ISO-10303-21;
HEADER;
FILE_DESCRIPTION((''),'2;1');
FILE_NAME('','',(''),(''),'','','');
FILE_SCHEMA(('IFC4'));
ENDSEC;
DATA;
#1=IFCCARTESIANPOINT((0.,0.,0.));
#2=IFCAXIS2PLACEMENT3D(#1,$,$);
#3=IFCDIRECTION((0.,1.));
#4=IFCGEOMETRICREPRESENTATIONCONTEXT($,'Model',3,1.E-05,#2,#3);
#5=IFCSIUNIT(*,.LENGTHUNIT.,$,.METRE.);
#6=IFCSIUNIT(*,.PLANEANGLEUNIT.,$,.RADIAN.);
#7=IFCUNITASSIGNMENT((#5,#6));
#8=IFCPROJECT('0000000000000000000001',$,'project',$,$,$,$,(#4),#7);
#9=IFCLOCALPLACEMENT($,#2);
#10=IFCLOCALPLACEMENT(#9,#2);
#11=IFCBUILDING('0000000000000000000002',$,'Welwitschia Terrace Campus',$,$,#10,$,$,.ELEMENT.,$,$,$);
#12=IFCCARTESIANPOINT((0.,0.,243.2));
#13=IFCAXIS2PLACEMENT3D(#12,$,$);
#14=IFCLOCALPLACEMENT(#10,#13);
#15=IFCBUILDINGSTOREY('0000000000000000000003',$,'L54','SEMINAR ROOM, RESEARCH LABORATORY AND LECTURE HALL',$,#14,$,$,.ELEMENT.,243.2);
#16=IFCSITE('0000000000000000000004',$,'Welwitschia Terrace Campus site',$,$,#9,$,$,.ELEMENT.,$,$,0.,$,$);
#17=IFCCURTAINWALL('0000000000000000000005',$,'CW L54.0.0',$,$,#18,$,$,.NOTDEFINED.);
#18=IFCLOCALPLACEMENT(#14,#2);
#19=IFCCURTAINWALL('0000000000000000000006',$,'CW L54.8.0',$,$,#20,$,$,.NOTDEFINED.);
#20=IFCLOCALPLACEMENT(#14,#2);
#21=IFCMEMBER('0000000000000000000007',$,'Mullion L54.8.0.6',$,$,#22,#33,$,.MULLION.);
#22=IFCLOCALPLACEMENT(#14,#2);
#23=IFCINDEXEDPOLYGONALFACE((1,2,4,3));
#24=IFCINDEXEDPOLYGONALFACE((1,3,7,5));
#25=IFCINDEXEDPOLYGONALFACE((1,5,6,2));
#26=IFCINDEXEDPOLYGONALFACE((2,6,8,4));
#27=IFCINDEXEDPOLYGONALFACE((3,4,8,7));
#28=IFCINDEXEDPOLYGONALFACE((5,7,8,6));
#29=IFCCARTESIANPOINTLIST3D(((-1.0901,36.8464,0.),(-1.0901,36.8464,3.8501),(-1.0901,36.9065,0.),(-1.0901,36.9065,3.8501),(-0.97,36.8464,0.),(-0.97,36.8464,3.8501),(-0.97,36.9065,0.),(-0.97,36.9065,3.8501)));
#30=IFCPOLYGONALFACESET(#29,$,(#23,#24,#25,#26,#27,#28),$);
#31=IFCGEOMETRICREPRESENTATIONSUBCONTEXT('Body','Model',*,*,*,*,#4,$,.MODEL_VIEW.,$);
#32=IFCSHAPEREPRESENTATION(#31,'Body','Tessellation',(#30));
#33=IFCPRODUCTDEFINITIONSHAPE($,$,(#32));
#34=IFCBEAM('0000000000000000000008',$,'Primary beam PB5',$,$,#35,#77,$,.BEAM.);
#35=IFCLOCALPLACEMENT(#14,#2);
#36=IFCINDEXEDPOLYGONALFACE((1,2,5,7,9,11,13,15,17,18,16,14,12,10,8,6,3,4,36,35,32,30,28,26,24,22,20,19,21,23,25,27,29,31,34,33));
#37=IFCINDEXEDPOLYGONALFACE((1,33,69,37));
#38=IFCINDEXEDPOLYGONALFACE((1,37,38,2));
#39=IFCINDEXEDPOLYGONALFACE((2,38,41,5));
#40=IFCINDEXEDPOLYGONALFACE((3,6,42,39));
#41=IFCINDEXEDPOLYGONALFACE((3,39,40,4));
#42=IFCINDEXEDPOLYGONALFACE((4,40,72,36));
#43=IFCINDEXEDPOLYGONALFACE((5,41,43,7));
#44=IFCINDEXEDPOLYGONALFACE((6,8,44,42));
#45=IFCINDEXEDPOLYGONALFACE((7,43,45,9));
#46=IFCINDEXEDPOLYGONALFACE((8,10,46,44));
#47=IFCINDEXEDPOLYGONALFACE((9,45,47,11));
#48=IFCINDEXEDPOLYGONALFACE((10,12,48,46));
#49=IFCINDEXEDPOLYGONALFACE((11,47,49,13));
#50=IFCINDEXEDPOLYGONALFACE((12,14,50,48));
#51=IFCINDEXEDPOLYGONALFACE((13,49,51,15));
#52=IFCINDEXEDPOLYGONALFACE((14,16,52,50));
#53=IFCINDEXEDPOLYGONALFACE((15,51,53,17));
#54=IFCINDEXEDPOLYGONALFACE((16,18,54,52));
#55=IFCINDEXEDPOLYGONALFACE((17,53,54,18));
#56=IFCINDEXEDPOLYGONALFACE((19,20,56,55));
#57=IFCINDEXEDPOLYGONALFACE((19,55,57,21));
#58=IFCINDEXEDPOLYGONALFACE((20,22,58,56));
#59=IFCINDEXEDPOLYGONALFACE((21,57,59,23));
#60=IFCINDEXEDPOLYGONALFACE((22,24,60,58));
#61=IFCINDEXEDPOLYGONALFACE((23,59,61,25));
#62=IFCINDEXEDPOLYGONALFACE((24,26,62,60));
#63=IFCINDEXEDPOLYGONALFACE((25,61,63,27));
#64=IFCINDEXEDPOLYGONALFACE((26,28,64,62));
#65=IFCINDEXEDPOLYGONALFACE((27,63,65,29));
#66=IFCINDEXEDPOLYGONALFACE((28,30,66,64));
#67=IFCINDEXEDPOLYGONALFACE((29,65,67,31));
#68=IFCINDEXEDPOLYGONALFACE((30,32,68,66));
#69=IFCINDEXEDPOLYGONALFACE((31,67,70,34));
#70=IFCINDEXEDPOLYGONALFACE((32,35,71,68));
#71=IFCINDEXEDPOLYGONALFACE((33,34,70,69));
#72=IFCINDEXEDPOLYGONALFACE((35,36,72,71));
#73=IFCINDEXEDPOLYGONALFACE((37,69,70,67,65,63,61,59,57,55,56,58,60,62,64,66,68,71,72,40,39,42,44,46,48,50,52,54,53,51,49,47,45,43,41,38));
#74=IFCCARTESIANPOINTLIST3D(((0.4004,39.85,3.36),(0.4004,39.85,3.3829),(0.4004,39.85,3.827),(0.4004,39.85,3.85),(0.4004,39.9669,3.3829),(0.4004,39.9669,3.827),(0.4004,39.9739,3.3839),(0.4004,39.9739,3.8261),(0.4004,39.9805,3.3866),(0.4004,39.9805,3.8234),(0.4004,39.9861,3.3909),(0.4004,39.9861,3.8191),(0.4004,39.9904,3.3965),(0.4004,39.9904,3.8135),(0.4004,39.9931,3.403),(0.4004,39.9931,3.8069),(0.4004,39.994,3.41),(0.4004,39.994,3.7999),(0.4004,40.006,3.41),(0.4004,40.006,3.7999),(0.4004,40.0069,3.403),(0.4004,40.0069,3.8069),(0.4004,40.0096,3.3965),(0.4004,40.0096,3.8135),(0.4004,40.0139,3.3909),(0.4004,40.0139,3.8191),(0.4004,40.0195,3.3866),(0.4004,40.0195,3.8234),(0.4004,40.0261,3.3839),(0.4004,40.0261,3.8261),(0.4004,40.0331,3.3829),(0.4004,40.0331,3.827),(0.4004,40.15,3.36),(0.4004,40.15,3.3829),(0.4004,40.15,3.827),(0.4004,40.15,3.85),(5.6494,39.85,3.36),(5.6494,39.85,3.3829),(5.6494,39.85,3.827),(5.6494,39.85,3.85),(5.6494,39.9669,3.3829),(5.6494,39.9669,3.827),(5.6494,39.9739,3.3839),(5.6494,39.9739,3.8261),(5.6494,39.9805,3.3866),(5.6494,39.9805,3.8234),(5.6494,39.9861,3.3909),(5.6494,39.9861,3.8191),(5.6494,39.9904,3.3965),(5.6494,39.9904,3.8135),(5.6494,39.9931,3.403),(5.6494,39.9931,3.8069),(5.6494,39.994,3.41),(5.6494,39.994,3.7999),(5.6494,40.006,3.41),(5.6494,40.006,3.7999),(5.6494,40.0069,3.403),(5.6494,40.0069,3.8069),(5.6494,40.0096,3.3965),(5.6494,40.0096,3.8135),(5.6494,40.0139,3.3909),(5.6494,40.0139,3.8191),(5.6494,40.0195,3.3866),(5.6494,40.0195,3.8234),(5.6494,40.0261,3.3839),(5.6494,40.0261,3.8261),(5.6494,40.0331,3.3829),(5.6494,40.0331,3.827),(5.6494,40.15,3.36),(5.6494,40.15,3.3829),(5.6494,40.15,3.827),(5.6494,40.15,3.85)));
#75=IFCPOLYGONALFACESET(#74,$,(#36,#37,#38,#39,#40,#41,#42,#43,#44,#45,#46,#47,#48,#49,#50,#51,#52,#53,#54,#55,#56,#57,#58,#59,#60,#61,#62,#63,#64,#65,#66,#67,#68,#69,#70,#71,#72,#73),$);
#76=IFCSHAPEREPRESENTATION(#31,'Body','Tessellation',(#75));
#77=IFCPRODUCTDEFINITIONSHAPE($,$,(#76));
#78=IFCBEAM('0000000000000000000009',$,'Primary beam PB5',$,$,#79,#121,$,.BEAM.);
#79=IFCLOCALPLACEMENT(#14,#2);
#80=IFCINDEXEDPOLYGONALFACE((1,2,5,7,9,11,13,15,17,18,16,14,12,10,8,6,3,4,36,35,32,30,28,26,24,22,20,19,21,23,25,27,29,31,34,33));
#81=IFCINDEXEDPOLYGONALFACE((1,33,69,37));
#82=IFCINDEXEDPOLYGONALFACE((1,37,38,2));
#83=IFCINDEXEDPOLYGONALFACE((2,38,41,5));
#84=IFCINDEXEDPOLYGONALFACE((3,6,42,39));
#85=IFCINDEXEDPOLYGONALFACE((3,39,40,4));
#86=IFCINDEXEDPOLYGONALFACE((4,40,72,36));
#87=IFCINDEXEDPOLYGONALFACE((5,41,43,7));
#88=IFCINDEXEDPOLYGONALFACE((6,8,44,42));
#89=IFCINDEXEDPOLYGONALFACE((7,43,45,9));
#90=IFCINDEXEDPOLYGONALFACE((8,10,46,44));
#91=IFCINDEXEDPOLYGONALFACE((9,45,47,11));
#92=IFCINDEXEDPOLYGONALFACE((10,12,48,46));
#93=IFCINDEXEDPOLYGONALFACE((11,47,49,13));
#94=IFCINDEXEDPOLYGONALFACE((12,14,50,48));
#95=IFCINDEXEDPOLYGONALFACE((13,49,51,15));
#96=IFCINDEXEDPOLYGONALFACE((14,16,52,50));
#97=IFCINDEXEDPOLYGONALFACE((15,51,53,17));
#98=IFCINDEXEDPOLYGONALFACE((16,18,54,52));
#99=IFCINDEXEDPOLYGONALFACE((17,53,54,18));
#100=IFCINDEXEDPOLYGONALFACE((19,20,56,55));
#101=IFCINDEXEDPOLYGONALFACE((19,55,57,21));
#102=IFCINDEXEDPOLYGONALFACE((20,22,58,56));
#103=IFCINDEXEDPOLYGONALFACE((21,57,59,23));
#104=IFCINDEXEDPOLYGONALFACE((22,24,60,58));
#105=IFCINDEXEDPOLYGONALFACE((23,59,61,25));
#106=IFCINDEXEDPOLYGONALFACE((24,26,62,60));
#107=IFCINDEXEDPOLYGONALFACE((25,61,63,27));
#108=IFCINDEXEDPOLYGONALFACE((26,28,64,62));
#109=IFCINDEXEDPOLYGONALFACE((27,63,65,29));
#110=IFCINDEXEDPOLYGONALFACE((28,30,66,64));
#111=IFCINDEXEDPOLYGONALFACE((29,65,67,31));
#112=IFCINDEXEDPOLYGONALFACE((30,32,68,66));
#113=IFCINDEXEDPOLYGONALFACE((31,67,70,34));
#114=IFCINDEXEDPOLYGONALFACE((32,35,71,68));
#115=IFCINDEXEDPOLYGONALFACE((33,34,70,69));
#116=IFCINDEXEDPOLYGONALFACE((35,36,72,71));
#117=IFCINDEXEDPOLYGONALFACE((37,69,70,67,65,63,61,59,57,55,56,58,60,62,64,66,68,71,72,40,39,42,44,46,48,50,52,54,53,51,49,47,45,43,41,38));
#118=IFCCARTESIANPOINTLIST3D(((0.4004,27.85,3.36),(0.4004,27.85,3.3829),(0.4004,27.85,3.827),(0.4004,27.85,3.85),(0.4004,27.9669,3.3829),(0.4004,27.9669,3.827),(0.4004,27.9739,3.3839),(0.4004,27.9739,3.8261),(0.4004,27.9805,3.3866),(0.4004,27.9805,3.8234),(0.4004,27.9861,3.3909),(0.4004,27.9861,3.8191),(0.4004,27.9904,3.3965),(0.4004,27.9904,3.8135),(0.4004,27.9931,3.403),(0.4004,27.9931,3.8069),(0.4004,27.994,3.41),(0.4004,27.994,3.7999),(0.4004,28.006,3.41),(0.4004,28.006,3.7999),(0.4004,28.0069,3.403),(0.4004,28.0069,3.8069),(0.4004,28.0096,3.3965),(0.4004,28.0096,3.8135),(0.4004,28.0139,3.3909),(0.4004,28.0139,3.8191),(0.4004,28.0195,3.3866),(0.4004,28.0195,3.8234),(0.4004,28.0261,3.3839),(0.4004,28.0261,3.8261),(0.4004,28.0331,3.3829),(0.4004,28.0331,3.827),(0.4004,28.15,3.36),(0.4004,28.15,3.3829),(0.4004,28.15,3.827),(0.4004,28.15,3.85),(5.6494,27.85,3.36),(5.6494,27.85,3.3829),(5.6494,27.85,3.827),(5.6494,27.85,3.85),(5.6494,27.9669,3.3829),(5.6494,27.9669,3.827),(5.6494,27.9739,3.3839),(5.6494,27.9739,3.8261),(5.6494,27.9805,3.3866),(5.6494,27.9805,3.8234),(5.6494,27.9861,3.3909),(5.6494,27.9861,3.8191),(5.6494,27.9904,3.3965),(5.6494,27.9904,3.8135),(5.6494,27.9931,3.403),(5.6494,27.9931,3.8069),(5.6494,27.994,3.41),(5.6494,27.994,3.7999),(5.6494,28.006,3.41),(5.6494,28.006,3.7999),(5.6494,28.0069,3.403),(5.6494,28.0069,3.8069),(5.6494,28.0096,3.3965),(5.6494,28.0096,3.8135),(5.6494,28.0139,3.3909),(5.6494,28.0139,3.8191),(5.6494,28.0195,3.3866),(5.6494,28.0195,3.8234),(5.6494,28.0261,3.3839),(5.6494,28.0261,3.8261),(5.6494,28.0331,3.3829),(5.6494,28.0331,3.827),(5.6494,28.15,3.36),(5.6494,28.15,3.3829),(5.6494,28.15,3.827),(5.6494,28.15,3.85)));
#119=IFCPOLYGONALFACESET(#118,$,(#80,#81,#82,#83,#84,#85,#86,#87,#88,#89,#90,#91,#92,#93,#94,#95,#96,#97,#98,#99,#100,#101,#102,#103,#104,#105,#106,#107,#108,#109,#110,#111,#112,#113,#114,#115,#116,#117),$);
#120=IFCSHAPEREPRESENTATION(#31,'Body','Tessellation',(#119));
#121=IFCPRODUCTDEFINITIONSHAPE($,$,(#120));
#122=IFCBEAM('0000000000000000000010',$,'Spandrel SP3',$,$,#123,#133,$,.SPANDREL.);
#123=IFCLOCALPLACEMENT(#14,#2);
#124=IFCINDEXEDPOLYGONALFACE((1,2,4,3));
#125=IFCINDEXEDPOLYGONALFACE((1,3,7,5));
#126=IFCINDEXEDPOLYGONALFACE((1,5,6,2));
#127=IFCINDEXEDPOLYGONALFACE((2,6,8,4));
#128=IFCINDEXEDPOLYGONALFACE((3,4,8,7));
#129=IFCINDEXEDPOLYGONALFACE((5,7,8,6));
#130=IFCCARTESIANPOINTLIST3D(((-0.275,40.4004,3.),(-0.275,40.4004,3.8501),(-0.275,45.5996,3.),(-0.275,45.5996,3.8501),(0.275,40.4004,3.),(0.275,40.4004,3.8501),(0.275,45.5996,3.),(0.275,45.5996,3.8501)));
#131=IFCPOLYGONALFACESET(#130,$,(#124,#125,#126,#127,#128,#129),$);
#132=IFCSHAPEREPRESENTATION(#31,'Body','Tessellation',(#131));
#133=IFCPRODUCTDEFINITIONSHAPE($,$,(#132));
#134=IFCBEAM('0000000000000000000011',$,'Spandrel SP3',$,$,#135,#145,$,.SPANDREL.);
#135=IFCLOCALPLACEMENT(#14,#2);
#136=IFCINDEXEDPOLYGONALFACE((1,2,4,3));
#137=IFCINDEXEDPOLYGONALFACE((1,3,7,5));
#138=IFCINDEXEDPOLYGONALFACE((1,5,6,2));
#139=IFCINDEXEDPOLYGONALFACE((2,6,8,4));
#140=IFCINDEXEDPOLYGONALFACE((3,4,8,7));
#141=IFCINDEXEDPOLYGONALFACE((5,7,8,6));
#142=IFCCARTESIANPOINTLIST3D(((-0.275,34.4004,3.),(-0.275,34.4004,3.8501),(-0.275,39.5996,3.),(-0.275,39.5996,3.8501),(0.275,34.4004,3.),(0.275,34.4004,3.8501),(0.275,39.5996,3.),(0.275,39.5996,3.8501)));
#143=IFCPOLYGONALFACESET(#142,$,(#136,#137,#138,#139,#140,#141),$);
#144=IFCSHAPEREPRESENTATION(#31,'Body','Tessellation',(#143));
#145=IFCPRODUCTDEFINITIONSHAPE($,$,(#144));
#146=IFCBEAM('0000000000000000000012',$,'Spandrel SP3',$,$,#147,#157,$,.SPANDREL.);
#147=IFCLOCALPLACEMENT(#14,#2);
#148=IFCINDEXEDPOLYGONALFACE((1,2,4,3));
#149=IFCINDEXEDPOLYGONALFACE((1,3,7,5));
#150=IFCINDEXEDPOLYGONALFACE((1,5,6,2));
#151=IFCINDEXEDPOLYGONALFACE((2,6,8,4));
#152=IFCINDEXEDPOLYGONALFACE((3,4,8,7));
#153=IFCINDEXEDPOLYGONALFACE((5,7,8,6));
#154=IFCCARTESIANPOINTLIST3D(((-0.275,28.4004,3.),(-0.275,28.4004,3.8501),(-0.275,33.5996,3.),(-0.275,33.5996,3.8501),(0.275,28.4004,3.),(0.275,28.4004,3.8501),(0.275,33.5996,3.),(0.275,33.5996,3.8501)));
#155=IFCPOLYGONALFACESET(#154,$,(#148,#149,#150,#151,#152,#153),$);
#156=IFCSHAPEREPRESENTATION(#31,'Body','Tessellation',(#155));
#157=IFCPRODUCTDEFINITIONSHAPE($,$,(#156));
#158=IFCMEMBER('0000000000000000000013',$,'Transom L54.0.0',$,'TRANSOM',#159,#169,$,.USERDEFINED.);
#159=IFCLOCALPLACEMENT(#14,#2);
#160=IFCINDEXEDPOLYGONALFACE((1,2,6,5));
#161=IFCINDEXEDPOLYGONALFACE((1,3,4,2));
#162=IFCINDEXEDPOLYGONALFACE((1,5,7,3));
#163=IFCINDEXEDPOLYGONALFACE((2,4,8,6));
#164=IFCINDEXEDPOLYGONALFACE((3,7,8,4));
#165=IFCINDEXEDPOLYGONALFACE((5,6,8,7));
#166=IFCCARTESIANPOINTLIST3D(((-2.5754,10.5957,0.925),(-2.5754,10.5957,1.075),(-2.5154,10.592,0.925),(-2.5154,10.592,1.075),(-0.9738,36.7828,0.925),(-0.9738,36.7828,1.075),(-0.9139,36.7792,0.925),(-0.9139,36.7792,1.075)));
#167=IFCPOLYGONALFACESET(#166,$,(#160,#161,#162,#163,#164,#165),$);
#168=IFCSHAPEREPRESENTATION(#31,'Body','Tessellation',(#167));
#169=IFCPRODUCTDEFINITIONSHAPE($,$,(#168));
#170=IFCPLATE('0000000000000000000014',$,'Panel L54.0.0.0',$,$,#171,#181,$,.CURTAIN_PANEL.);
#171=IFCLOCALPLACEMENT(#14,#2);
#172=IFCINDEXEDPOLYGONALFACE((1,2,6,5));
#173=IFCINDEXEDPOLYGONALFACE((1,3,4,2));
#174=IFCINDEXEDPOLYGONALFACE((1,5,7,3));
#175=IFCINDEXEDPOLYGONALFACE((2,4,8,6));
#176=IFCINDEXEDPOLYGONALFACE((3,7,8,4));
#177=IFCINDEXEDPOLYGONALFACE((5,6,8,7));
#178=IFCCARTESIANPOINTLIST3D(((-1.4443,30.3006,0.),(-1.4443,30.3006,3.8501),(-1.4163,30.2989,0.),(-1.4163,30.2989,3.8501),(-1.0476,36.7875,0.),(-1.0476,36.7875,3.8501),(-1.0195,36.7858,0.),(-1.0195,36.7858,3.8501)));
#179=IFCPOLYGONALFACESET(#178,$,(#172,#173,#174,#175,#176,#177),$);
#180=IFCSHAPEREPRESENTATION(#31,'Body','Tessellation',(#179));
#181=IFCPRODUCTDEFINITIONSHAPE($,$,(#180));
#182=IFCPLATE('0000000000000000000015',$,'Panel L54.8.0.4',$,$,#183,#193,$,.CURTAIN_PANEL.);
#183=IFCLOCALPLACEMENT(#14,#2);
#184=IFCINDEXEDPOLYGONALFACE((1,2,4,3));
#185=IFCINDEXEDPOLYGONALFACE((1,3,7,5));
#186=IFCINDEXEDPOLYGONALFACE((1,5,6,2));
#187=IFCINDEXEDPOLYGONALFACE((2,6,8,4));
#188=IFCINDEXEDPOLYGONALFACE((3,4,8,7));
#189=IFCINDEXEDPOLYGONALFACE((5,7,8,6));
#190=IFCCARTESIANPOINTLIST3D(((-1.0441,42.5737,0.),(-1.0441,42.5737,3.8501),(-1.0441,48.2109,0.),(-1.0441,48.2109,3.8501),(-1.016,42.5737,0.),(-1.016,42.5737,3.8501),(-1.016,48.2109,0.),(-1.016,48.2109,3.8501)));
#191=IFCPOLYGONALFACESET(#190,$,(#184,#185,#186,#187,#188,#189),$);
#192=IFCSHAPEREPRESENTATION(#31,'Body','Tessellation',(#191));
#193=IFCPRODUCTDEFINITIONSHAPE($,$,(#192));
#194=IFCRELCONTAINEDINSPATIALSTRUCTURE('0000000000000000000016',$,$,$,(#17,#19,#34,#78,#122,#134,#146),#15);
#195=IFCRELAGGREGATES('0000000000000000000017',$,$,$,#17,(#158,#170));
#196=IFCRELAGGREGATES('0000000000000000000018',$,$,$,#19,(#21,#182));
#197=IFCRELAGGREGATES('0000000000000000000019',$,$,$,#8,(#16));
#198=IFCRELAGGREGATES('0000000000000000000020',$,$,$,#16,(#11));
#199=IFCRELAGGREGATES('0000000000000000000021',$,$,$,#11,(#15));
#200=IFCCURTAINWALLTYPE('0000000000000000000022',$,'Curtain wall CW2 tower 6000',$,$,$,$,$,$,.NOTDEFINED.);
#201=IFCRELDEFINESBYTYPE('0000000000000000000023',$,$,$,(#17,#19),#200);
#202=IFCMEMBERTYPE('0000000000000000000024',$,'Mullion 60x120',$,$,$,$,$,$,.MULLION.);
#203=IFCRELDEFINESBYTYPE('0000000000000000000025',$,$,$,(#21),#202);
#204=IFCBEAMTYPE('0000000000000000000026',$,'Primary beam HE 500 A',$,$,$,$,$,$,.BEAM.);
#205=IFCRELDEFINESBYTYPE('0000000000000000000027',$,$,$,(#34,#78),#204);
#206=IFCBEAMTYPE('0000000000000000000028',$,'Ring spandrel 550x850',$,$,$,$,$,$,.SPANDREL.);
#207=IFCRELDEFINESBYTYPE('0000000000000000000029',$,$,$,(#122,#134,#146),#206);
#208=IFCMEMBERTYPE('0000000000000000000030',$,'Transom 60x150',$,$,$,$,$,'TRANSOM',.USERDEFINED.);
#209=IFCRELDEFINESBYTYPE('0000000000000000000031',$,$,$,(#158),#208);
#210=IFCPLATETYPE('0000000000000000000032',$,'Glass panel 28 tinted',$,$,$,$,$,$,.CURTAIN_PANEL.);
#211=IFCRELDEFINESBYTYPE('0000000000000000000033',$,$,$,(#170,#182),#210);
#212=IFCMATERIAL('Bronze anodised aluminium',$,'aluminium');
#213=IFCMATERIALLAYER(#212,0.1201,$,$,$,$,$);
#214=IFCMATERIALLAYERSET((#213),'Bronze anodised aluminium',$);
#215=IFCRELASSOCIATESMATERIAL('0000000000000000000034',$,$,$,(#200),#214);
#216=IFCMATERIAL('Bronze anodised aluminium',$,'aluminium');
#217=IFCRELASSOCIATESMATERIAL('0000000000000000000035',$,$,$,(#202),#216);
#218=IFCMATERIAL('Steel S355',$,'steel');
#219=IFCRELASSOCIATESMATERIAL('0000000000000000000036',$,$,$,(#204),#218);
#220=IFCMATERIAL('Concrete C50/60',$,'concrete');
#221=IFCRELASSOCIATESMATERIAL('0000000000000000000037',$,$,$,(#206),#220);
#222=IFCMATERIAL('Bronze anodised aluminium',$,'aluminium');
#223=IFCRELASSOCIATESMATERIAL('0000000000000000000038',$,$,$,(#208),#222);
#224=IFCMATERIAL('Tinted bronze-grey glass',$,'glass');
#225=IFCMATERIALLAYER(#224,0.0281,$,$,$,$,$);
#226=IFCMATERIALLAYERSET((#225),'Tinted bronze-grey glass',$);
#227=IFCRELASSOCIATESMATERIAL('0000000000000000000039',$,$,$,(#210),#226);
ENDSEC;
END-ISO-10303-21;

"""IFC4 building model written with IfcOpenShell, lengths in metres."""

from ifc_helpers import new_model, si_unit, direction, frame, origin, origin_2d, place, context, subcontext, project, spatial, rectangle, i_section, extrude, material, layer, layer_set, material_profile, profile_set, type_object, element, aggregate, save


model = new_model("IFC4")

# Units and contexts
model_context = context("Model", 3, precision=1e-05, world=origin(), true_north=direction((0.0, 1.0)))
body_context = subcontext(model_context, "Body", "Model", "MODEL_VIEW")
ifc_project = project(units=[si_unit("LENGTHUNIT", "METRE"), si_unit("PLANEANGLEUNIT", "RADIAN")], contexts=[model_context])

# Site, building, storey
site_placement = place(None, origin())
site = spatial("IfcSite", under=ifc_project, at=site_placement, Name="Welwitschia Terrace Campus site", CompositionType="ELEMENT", RefElevation=0.0)
building_placement = place(site_placement, origin())
building = spatial("IfcBuilding", under=site, at=building_placement, Name="Welwitschia Terrace Campus", CompositionType="ELEMENT")
storey_placement = place(building_placement, frame((0.0, 0.0, 243.2)))
storey = spatial("IfcBuildingStorey", under=building, at=storey_placement, Name="L54", Description="SEMINAR ROOM, RESEARCH LABORATORY AND LECTURE HALL", CompositionType="ELEMENT", Elevation=243.2)

# Curtain walls, member
ifc_material_1 = material(Name="Bronze anodised aluminium", Category="aluminium")
ifc_layer_1 = layer(ifc_material_1, 0.1201)
ifc_layer_set_1 = layer_set([ifc_layer_1], Name="Bronze anodised aluminium")
curtain_wall_type = type_object("IfcCurtainWallType", Name="Curtain wall CW2 tower 6000", PredefinedType="NOTDEFINED", material=ifc_layer_set_1)
curtain_wall_1_placement = place(storey_placement, origin())
curtain_wall_1 = element("IfcCurtainWall", 1, at=curtain_wall_1_placement, inside=storey, type_object=curtain_wall_type, Name="CW L54.0.0", PredefinedType="NOTDEFINED")
ifc_material_2 = material(Name="Bronze anodised aluminium", Category="aluminium")
ifc_material_profile_1 = material_profile(ifc_material_2, rectangle(XDim=0.1201, YDim=0.0601, at=origin_2d()))
ifc_profile_set_1 = profile_set([ifc_material_profile_1], Name="Bronze anodised aluminium")
member_type_1 = type_object("IfcMemberType", Name="Mullion 60x120", PredefinedType="MULLION", material=ifc_profile_set_1)
curtain_wall_2_placement = place(storey_placement, origin())
curtain_wall_2 = element("IfcCurtainWall", 2, at=curtain_wall_2_placement, inside=storey, type_object=curtain_wall_type, Name="CW L54.8.0", PredefinedType="NOTDEFINED")
member_1_placement = place(storey_placement, frame((-1.03, 36.8765, 0.0), z_axis=(0.0, 0.0, 1.0), x_axis=(1.0, 0.0, 0.0)))
member_1 = element("IfcMember", 3, at=member_1_placement, type_object=member_type_1, Name="Mullion L54.8.0.6", PredefinedType="MULLION", context=body_context, shape_type="SweptSolid", body=[
    extrude(rectangle(XDim=0.1201, YDim=0.0601, at=origin_2d()), origin(), (0.0, 0.0, 1.0), 3.8501),
])

# Beams
ifc_material_3 = material(Name="Steel S355", Category="steel")
ifc_material_profile_2 = material_profile(ifc_material_3, i_section(OverallWidth=0.3, OverallDepth=0.49, WebThickness=0.012, FlangeThickness=0.0229, FilletRadius=0.0271, at=origin_2d()))
ifc_profile_set_2 = profile_set([ifc_material_profile_2], Name="Steel S355")
beam_type_1 = type_object("IfcBeamType", Name="Primary beam HE 500 A", PredefinedType="BEAM", material=ifc_profile_set_2)
for number, where, z_axis, x_axis, name in (
    (4, (0.4004, 40.0, 3.605), (1.0, 0.0, 0.0), (0.0, 1.0, 0.0), "Primary beam PB5"),
    (5, (0.4004, 28.0, 3.605), (1.0, 0.0, 0.0), (0.0, 1.0, 0.0), "Primary beam PB5"),
):
    element("IfcBeam", number, at=place(storey_placement, frame(where, z_axis=z_axis, x_axis=x_axis)), inside=storey, type_object=beam_type_1, Name=name, PredefinedType="BEAM", context=body_context, shape_type="SweptSolid", body=[
        extrude(i_section(OverallWidth=0.3, OverallDepth=0.49, WebThickness=0.012, FlangeThickness=0.0229, FilletRadius=0.0271, at=origin_2d()), origin(), (0.0, 0.0, 1.0), 5.249),
    ])
ifc_material_4 = material(Name="Concrete C50/60", Category="concrete")
ifc_material_profile_3 = material_profile(ifc_material_4, rectangle(XDim=0.55, YDim=0.8501, at=origin_2d()))
ifc_profile_set_3 = profile_set([ifc_material_profile_3], Name="Concrete C50/60")
beam_type_2 = type_object("IfcBeamType", Name="Ring spandrel 550x850", PredefinedType="SPANDREL", material=ifc_profile_set_3)
for number, where, z_axis, x_axis, name in (
    (6, (0.0, 45.5996, 3.425), (0.0, -1.0, 0.0), (1.0, 0.0, 0.0), "Spandrel SP3"),
    (7, (0.0, 39.5996, 3.425), (0.0, -1.0, 0.0), (1.0, 0.0, 0.0), "Spandrel SP3"),
    (8, (0.0, 33.5996, 3.425), (0.0, -1.0, 0.0), (1.0, 0.0, 0.0), "Spandrel SP3"),
):
    element("IfcBeam", number, at=place(storey_placement, frame(where, z_axis=z_axis, x_axis=x_axis)), inside=storey, type_object=beam_type_2, Name=name, PredefinedType="SPANDREL", context=body_context, shape_type="SweptSolid", body=[
        extrude(rectangle(XDim=0.55, YDim=0.8501, at=origin_2d()), origin(), (0.0, 0.0, 1.0), 5.1992),
    ])

# Member
ifc_material_5 = material(Name="Bronze anodised aluminium", Category="aluminium")
ifc_material_profile_4 = material_profile(ifc_material_5, rectangle(XDim=0.0601, YDim=0.1499, at=origin_2d()))
ifc_profile_set_4 = profile_set([ifc_material_profile_4], Name="Bronze anodised aluminium")
member_type_2 = type_object("IfcMemberType", Name="Transom 60x150", ElementType="TRANSOM", PredefinedType="USERDEFINED", material=ifc_profile_set_4)
member_2_placement = place(storey_placement, frame((-0.9438, 36.781, 1.0), z_axis=(-0.061044, -0.998135, 0.0), x_axis=(0.998135, -0.061044, 0.0)))
member_2 = element("IfcMember", 9, at=member_2_placement, type_object=member_type_2, Name="Transom L54.0.0", ObjectType="TRANSOM", PredefinedType="USERDEFINED", context=body_context, shape_type="SweptSolid", body=[
    extrude(rectangle(XDim=0.0601, YDim=0.1499, at=origin_2d()), origin(), (0.0, 0.0, 1.0), 26.2361),
])

# Plates
ifc_material_6 = material(Name="Tinted bronze-grey glass", Category="glass")
ifc_layer_2 = layer(ifc_material_6, 0.0281)
ifc_layer_set_2 = layer_set([ifc_layer_2], Name="Tinted bronze-grey glass")
plate_type = type_object("IfcPlateType", Name="Glass panel 28 tinted", PredefinedType="CURTAIN_PANEL", material=ifc_layer_set_2)
plate_1_placement = place(storey_placement, frame((-1.2319, 33.5432, 0.0), z_axis=(0.0, 0.0, 1.0), x_axis=(-0.061049, -0.998135, 0.0)))
plate_1 = element("IfcPlate", 10, at=plate_1_placement, type_object=plate_type, Name="Panel L54.0.0.0", PredefinedType="CURTAIN_PANEL", context=body_context, shape_type="SweptSolid", body=[
    extrude(rectangle(XDim=6.499, YDim=0.0281, at=origin_2d()), origin(), (0.0, 0.0, 1.0), 3.8501),
])
aggregate(curtain_wall_1, [member_2, plate_1])
plate_2_placement = place(storey_placement, frame((-1.03, 45.3923, 0.0), z_axis=(0.0, 0.0, 1.0), x_axis=(0.0, -1.0, 0.0)))
plate_2 = element("IfcPlate", 11, at=plate_2_placement, type_object=plate_type, Name="Panel L54.8.0.4", PredefinedType="CURTAIN_PANEL", context=body_context, shape_type="SweptSolid", body=[
    extrude(rectangle(XDim=5.6372, YDim=0.0281, at=origin_2d()), origin(), (0.0, 0.0, 1.0), 3.8501),
])
aggregate(curtain_wall_2, [member_1, plate_2])

save(model, "model.ifc")
